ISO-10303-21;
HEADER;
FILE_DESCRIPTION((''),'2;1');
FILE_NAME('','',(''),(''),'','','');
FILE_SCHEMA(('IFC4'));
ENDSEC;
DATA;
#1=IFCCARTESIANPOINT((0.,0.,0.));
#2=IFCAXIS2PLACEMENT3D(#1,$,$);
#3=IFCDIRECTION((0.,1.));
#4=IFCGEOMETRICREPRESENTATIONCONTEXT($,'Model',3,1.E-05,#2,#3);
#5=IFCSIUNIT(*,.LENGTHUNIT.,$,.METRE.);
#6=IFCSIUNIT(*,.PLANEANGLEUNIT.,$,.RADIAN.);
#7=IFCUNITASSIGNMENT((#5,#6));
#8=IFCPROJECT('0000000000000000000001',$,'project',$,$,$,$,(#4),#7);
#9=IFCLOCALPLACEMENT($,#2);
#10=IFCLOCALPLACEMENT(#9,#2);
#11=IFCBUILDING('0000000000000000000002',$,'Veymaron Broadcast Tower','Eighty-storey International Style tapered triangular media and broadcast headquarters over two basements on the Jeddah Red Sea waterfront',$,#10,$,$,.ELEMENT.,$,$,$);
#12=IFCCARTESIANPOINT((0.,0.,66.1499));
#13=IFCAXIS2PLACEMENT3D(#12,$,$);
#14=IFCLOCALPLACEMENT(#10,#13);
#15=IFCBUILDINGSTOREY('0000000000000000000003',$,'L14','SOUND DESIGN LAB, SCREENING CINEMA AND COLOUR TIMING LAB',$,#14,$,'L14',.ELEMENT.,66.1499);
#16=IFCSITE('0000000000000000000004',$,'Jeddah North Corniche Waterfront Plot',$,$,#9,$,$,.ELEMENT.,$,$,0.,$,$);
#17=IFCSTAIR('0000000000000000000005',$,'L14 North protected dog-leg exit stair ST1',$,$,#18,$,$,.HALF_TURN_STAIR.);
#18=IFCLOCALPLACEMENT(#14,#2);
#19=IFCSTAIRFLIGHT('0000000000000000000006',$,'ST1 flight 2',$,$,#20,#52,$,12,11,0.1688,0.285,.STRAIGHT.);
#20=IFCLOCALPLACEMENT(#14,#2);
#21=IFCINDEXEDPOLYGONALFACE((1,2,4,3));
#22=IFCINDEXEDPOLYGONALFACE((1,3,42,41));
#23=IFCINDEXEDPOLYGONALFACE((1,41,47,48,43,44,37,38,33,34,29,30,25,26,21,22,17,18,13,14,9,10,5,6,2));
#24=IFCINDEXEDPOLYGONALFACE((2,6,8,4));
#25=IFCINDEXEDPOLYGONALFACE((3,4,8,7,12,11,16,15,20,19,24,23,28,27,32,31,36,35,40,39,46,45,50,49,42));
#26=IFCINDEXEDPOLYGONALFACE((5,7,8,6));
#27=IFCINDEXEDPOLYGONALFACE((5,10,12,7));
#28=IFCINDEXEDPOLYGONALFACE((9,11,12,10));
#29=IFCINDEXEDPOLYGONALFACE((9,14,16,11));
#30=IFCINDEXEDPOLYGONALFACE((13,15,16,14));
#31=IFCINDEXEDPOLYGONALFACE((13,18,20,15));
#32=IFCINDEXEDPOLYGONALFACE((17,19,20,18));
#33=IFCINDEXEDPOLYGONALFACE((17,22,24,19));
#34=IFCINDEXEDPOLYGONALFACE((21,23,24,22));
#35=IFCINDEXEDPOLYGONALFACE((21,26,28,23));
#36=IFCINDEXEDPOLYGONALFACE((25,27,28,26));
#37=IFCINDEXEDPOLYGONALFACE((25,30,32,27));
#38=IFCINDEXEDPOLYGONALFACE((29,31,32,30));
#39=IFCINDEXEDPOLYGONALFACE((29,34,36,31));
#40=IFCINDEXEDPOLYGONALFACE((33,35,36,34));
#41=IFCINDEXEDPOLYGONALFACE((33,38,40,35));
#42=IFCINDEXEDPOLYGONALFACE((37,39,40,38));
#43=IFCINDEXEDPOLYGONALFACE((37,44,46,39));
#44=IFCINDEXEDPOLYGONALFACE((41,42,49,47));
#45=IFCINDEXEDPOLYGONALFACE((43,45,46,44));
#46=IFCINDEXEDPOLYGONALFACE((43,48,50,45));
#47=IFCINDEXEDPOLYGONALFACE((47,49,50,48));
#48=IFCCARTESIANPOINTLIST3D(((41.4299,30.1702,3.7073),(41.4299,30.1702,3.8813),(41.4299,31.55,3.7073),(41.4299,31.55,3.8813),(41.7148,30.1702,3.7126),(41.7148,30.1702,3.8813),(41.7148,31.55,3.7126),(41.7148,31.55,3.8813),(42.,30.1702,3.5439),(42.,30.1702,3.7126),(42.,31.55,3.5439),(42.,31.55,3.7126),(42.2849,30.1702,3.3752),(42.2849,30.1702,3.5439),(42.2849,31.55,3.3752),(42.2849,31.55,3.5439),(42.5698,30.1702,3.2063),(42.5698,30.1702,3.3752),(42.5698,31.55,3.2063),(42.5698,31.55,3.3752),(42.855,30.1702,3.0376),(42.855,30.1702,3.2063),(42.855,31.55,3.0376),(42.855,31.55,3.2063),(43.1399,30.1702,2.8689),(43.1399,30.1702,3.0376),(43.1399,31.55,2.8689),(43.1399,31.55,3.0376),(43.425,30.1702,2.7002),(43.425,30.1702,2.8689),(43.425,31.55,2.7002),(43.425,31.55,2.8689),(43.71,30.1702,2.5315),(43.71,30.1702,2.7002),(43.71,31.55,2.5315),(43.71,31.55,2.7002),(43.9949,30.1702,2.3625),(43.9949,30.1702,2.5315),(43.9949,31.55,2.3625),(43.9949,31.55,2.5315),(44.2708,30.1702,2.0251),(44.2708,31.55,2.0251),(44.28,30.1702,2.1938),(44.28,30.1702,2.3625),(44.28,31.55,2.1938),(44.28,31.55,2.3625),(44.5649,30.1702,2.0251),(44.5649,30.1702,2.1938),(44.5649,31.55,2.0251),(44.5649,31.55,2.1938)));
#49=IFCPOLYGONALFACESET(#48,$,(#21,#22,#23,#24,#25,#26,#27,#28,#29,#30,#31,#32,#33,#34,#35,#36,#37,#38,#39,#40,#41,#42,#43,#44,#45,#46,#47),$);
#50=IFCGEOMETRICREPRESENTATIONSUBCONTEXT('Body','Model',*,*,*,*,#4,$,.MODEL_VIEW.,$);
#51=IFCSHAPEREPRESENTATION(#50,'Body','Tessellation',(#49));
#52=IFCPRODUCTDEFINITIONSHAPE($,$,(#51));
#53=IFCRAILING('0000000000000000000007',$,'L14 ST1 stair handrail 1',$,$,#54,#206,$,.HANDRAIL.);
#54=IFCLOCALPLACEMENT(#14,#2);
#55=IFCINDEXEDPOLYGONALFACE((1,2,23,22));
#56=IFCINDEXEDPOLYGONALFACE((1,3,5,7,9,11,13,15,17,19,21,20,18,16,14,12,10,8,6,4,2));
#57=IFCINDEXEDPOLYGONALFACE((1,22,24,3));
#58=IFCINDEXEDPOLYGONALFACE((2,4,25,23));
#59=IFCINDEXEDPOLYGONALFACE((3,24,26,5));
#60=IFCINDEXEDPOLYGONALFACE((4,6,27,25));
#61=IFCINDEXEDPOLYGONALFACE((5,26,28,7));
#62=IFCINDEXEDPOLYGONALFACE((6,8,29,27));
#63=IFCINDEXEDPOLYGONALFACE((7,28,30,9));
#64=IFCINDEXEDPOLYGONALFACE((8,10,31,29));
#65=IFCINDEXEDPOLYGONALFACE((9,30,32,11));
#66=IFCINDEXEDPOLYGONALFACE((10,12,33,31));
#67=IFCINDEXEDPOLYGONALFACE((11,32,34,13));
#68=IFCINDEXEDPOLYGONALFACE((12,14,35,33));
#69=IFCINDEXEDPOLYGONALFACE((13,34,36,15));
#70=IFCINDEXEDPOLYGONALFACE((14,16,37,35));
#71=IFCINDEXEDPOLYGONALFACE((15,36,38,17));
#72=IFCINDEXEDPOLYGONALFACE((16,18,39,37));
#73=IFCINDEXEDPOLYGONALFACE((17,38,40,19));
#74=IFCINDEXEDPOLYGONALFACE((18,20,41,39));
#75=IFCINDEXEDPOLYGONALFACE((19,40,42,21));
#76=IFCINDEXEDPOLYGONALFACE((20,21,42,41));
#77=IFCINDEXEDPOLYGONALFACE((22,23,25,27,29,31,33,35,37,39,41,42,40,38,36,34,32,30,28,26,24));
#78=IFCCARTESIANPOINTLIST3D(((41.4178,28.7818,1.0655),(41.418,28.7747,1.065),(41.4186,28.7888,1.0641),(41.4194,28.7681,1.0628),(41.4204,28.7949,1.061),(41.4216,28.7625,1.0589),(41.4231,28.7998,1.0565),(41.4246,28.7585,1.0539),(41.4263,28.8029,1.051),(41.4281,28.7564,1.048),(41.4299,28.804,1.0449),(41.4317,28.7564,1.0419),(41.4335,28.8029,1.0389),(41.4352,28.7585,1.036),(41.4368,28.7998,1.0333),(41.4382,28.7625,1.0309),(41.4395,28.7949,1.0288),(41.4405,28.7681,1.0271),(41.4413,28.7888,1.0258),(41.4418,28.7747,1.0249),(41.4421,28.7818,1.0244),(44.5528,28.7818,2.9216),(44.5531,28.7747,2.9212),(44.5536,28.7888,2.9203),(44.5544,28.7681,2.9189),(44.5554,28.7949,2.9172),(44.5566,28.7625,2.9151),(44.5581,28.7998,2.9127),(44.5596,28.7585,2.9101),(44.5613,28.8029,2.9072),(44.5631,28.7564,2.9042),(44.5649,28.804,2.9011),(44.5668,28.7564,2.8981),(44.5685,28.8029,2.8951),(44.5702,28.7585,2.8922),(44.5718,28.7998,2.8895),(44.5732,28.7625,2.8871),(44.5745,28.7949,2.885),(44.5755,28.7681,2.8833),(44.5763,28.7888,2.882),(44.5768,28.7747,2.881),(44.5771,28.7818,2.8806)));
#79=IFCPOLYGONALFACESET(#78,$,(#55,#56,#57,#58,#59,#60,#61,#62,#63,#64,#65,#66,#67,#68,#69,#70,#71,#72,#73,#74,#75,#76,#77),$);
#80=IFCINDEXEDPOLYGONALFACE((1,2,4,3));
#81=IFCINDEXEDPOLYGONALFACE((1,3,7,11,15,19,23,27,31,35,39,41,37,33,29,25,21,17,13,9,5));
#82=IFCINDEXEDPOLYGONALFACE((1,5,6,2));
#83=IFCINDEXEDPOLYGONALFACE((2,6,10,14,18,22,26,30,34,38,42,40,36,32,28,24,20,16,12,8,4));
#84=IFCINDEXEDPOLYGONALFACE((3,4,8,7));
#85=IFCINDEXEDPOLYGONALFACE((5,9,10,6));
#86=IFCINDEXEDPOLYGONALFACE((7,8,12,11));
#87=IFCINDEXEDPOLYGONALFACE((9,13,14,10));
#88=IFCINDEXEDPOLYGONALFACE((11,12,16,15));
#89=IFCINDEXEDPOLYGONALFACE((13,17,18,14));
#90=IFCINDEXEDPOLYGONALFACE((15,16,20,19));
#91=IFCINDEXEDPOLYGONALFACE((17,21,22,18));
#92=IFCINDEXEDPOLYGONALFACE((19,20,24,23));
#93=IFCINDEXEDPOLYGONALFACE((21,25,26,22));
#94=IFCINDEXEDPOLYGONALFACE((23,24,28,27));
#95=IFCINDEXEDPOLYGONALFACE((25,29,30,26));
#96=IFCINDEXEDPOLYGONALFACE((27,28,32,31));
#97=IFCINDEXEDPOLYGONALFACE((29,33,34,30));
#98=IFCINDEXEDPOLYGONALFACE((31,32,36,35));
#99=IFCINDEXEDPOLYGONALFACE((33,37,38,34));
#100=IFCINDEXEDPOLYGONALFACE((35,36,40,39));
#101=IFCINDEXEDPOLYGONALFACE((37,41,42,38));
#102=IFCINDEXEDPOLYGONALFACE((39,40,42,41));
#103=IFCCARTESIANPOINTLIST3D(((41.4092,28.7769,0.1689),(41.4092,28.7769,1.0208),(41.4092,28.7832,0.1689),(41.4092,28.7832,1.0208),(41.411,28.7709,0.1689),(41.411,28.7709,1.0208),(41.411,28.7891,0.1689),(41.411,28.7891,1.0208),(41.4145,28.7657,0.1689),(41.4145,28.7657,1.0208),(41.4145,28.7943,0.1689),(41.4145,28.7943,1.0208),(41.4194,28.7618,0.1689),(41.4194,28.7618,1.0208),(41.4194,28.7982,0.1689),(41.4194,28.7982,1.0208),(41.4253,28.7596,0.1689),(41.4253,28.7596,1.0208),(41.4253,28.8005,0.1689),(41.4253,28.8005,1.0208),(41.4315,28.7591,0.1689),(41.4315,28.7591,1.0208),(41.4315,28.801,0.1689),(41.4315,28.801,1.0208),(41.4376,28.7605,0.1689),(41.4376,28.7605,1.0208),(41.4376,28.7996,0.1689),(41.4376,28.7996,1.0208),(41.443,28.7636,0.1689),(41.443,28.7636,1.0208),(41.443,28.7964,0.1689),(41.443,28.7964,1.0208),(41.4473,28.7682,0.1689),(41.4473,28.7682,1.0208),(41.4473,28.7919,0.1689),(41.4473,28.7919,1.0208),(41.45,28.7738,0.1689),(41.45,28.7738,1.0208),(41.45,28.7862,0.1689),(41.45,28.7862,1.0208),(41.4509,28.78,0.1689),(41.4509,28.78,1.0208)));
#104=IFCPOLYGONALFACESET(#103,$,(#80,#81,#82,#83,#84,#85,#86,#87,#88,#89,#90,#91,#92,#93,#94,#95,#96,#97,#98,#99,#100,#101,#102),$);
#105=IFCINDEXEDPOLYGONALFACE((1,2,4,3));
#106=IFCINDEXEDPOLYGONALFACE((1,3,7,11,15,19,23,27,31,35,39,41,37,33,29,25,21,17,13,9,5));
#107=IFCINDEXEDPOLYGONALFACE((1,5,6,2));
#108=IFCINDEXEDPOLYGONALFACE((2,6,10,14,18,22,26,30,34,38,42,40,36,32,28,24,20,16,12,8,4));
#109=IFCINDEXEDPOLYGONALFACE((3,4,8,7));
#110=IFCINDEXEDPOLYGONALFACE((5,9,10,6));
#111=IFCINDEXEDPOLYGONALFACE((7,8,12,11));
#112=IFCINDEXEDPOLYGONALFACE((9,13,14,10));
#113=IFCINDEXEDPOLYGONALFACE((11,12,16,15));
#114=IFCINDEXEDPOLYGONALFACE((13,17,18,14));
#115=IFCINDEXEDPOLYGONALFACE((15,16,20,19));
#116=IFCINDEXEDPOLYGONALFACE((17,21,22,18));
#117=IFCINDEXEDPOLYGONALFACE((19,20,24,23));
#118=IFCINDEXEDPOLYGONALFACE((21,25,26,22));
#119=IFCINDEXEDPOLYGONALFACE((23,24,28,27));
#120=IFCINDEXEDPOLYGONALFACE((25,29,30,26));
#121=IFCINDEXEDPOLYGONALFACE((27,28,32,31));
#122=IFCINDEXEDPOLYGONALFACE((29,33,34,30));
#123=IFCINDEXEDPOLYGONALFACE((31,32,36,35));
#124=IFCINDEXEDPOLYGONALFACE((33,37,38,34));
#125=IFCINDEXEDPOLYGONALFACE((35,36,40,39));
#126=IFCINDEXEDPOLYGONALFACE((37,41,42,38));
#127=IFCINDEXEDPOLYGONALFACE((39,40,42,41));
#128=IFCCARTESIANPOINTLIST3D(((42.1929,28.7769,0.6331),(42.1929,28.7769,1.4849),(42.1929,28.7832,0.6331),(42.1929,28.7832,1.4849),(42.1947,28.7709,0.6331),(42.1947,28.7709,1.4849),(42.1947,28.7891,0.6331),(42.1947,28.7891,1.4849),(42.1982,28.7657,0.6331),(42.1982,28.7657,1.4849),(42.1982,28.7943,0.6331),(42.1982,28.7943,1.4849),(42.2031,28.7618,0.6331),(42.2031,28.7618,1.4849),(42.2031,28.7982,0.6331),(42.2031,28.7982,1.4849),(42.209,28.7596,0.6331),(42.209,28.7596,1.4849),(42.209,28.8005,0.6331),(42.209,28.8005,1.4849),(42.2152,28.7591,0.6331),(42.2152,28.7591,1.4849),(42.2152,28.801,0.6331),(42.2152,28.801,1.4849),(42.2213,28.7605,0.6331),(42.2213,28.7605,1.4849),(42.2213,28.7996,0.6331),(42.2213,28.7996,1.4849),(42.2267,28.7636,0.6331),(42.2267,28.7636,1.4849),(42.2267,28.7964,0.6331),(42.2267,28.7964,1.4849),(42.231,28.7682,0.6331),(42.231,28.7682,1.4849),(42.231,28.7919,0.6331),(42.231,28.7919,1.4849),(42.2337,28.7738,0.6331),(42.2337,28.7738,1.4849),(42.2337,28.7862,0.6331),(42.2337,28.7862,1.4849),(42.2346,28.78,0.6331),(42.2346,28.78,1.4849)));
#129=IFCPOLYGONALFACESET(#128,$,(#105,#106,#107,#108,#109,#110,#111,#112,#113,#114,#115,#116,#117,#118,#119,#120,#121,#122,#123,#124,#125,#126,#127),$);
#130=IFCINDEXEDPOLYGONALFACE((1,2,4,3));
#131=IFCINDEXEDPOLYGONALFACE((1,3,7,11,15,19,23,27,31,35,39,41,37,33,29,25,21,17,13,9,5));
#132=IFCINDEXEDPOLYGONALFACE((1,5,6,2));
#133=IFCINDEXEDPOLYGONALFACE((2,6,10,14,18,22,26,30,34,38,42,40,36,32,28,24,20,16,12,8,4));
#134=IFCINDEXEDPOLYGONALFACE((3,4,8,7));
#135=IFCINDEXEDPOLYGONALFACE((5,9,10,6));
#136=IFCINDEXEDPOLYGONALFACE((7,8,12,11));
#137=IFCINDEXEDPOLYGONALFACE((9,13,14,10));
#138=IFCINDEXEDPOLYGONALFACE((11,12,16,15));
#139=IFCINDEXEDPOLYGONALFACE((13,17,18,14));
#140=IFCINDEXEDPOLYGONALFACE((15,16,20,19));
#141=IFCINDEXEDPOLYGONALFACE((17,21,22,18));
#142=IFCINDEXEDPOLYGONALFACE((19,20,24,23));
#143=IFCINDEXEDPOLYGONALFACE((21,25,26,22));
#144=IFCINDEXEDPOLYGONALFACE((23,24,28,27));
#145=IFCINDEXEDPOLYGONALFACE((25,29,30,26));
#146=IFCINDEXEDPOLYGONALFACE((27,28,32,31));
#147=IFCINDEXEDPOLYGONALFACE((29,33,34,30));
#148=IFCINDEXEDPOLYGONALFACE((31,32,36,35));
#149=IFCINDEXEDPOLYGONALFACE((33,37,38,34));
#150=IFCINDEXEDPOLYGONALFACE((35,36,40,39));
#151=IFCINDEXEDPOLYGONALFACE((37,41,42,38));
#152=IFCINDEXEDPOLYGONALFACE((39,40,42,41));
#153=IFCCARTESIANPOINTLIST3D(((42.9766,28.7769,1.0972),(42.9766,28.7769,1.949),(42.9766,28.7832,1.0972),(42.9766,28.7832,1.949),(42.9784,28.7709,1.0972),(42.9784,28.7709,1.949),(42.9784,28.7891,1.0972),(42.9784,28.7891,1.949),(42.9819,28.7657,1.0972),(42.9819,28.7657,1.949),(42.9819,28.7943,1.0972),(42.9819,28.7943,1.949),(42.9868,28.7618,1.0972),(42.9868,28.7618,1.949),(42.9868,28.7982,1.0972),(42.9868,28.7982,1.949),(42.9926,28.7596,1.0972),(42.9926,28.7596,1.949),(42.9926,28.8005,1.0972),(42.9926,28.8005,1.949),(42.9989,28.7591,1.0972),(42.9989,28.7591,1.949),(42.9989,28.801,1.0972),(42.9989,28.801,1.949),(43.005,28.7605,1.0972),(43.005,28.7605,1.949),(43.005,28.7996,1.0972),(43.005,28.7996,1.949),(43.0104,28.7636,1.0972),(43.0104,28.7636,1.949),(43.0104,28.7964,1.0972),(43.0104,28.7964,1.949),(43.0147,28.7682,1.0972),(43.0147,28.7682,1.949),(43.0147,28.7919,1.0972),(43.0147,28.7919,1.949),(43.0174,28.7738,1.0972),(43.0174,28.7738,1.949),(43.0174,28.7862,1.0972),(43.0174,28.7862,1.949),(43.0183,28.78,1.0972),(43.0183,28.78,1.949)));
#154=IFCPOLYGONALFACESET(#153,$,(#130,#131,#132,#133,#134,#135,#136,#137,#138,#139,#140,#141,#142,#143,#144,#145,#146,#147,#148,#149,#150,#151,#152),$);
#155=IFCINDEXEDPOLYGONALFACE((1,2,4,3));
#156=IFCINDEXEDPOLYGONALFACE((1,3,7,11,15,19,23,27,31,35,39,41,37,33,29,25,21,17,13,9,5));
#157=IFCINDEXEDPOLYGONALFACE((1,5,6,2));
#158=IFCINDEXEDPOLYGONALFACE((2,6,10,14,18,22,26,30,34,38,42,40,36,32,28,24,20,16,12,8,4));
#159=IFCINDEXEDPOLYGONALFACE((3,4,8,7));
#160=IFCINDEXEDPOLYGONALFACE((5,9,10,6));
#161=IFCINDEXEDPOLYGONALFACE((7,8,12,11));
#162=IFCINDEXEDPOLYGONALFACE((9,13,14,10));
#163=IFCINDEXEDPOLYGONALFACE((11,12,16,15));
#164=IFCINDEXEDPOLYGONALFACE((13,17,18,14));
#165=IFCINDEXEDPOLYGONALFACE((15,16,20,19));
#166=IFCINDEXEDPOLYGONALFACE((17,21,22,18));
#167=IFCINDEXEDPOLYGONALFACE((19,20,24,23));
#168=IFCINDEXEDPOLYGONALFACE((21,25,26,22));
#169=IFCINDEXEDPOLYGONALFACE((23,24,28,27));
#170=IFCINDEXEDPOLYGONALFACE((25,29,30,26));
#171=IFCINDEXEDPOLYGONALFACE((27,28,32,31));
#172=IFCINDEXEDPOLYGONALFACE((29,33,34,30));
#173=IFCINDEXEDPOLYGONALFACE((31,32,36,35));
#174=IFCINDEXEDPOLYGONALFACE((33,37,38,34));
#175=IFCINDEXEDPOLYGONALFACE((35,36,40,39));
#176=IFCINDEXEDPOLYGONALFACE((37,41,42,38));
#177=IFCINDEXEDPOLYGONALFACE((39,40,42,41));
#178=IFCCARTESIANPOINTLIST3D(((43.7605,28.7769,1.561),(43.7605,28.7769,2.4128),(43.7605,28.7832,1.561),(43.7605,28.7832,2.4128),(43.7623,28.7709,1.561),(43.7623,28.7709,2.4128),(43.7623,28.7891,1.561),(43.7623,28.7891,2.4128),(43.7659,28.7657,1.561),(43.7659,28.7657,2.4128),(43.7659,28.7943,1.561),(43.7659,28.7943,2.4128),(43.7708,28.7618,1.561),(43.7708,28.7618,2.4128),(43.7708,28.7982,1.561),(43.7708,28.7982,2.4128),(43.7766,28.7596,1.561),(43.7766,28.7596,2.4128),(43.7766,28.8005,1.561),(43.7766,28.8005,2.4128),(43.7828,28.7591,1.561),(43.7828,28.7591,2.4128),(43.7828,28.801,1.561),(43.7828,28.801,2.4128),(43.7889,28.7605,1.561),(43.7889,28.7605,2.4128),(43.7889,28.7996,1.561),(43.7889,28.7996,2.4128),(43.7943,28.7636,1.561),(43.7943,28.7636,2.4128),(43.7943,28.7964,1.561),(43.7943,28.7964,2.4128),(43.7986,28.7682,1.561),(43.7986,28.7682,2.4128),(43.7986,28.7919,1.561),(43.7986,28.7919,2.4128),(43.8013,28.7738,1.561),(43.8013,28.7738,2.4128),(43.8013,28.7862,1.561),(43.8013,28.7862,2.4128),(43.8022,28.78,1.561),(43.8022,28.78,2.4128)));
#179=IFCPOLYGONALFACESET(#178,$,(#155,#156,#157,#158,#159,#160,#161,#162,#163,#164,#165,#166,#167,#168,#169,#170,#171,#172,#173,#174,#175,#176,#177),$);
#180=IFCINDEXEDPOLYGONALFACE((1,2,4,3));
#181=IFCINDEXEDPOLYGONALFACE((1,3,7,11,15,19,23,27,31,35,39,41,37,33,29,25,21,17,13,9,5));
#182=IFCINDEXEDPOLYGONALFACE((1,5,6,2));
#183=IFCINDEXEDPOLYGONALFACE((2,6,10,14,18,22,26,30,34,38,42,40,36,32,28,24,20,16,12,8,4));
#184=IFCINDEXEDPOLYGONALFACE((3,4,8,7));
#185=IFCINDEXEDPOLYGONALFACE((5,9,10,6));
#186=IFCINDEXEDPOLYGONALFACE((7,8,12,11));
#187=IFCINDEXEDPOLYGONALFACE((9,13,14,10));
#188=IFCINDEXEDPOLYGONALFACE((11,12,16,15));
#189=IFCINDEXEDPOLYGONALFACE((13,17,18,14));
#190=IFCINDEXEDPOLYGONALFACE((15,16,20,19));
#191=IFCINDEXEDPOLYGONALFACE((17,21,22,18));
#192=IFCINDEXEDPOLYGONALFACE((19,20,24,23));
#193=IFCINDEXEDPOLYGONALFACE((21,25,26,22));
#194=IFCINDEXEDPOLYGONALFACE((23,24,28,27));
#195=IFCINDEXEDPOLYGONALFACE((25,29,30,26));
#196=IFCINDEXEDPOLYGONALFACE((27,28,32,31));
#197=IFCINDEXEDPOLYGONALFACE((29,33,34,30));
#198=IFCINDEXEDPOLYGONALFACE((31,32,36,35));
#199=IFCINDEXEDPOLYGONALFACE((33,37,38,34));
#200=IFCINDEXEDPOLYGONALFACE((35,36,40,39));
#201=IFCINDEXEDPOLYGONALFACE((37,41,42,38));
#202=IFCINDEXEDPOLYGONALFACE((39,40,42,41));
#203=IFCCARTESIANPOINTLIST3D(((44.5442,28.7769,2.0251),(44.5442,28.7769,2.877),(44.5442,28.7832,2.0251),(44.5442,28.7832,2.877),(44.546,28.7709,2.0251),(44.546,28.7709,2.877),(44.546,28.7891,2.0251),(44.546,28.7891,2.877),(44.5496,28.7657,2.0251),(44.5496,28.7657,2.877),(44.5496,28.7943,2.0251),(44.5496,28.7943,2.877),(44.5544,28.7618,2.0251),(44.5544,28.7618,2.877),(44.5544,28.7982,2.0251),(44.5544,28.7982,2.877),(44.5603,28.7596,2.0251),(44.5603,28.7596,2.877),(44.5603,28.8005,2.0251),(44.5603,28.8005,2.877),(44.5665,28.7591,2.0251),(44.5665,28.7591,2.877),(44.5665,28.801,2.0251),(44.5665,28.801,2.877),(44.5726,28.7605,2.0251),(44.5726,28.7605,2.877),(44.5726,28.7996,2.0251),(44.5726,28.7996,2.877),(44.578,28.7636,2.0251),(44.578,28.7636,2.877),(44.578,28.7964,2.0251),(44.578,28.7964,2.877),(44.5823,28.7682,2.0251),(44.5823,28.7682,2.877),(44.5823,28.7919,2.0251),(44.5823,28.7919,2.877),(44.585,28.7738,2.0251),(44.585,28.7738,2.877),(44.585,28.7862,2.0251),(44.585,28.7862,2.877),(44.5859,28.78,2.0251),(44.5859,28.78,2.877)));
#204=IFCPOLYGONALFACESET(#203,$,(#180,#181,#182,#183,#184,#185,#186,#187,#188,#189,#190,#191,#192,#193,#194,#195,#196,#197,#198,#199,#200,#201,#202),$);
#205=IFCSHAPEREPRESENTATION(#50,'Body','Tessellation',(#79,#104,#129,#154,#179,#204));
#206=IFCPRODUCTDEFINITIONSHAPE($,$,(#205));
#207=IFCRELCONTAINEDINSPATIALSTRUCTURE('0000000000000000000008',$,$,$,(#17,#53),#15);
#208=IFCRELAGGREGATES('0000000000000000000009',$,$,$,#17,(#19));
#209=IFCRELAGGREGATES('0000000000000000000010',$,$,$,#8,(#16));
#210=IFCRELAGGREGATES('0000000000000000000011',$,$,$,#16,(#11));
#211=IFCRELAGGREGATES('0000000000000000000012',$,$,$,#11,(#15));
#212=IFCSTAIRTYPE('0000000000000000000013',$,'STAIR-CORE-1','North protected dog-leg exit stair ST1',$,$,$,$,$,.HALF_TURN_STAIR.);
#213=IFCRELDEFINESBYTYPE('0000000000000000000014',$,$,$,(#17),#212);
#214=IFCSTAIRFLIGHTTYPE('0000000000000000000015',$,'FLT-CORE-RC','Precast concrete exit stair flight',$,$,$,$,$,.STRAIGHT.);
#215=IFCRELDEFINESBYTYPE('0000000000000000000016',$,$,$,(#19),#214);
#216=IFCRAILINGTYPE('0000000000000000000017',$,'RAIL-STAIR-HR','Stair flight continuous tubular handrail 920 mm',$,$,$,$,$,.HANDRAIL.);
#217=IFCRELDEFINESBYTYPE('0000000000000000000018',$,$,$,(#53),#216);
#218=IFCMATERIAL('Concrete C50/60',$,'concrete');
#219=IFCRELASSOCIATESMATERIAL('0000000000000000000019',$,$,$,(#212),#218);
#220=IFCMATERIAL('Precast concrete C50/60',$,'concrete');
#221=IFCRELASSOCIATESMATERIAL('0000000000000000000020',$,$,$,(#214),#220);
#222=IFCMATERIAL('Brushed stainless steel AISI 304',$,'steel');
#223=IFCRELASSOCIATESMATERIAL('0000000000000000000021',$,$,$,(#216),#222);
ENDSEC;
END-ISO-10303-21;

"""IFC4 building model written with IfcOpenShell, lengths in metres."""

from ifc_helpers import new_model, si_unit, direction, frame, origin, origin_2d, place, context, subcontext, project, spatial, polyline, circle, outline, extrude, material, type_object, element, aggregate, save


model = new_model("IFC4")

# Units and contexts
model_context = context("Model", 3, precision=1e-05, world=origin(), true_north=direction((0.0, 1.0)))
body_context = subcontext(model_context, "Body", "Model", "MODEL_VIEW")
ifc_project = project(units=[si_unit("LENGTHUNIT", "METRE"), si_unit("PLANEANGLEUNIT", "RADIAN")], contexts=[model_context])

# Site, building, storey
site_placement = place(None, origin())
site = spatial("IfcSite", under=ifc_project, at=site_placement, Name="Jeddah North Corniche Waterfront Plot", CompositionType="ELEMENT", RefElevation=0.0)
building_placement = place(site_placement, origin())
building = spatial("IfcBuilding", under=site, at=building_placement, Name="Veymaron Broadcast Tower", Description="Eighty-storey International Style tapered triangular media and broadcast headquarters over two basements on the Jeddah Red Sea waterfront", CompositionType="ELEMENT")
storey_placement = place(building_placement, frame((0.0, 0.0, 66.1499)))
storey = spatial("IfcBuildingStorey", under=building, at=storey_placement, Name="L14", Description="SOUND DESIGN LAB, SCREENING CINEMA AND COLOUR TIMING LAB", LongName="L14", CompositionType="ELEMENT", Elevation=66.1499)

# Shared definitions
ifc_material_1 = material(Name="Brushed stainless steel AISI 304", Category="steel")

# Shared definitions
ifc_material_2 = material(Name="Concrete C50/60", Category="concrete")

# Stair, stair flight
stair_type = type_object("IfcStairType", Name="STAIR-CORE-1", Description="North protected dog-leg exit stair ST1", PredefinedType="HALF_TURN_STAIR", material=ifc_material_2)
stair_placement = place(storey_placement, origin())
stair = element("IfcStair", 1, at=stair_placement, inside=storey, type_object=stair_type, Name="L14 North protected dog-leg exit stair ST1", PredefinedType="HALF_TURN_STAIR")
ifc_material_3 = material(Name="Precast concrete C50/60", Category="concrete")
stair_flight_type = type_object("IfcStairFlightType", Name="FLT-CORE-RC", Description="Precast concrete exit stair flight", PredefinedType="STRAIGHT", material=ifc_material_3)
stair_flight_1_placement = place(storey_placement, frame((44.5649, 30.8601, 2.0251), z_axis=(0.0, 0.0, 1.0), x_axis=(-1.0, 0.0, 0.0)))
stair_flight_1 = element("IfcStairFlight", 2, at=stair_flight_1_placement, type_object=stair_flight_type, Name="ST1 flight 2", NumberOfRisers=12, NumberOfTreads=11, PredefinedType="STRAIGHT", RiserHeight=0.1688, TreadLength=0.285, context=body_context, shape_type="SweptSolid", body=[
    extrude(outline(polyline([(0.0, 0.0), (0.0, 0.1687), (0.2849, 0.1687), (0.2849, 0.3374), (0.5701, 0.3374), (0.5701, 0.5063), (0.855, 0.5063), (0.855, 0.675), (1.1399, 0.675), (1.1399, 0.8438), (1.425, 0.8438), (1.425, 1.0125), (1.71, 1.0125), (1.71, 1.1812), (1.9951, 1.1812), (1.9951, 1.3501), (2.28, 1.3501), (2.28, 1.5188), (2.5649, 1.5188), (2.5649, 1.6875), (2.8501, 1.6875), (2.8501, 1.8562), (3.135, 1.8562), (3.135, 2.0249), (3.135, 1.6821), (0.2942, 0.0), (0.0, 0.0)])), frame((0.0, 0.6899, 0.0), z_axis=(0.0, -1.0, 0.0), x_axis=(1.0, 0.0, 0.0)), (0.0, 0.0, 1.0), 1.3799),
])
aggregate(stair, [stair_flight_1])

# Railing
railing_type_1 = type_object("IfcRailingType", Name="RAIL-STAIR-HR", Description="Stair flight continuous tubular handrail 920 mm", PredefinedType="HANDRAIL", material=ifc_material_1)
railing_1_placement = place(storey_placement, frame((41.4299, 28.78, 0.1689)))
element("IfcRailing", 3, at=railing_1_placement, inside=storey, type_object=railing_type_1, Name="L14 ST1 stair handrail 1", PredefinedType="HANDRAIL", context=body_context, shape_type="SweptSolid", body=[
    extrude(circle(Radius=0.0239, at=origin_2d()), frame((0.0, 0.0, 0.876), z_axis=(0.860482, 0.0, 0.509481), x_axis=(0.0, 1.0, 0.0)), (0.0, 0.0, 1.0), 3.6433),
    extrude(circle(Radius=0.021, at=origin_2d()), origin(), (0.0, 0.0, 1.0), 0.8518),
    extrude(circle(Radius=0.021, at=origin_2d()), frame((0.7837, 0.0, 0.4641)), (0.0, 0.0, 1.0), 0.8518),
    extrude(circle(Radius=0.021, at=origin_2d()), frame((1.5674, 0.0, 0.9282)), (0.0, 0.0, 1.0), 0.8518),
    extrude(circle(Radius=0.021, at=origin_2d()), frame((2.3513, 0.0, 1.3921)), (0.0, 0.0, 1.0), 0.8518),
    extrude(circle(Radius=0.021, at=origin_2d()), frame((3.135, 0.0, 1.8562)), (0.0, 0.0, 1.0), 0.8518),
])

save(model, "model.ifc")
